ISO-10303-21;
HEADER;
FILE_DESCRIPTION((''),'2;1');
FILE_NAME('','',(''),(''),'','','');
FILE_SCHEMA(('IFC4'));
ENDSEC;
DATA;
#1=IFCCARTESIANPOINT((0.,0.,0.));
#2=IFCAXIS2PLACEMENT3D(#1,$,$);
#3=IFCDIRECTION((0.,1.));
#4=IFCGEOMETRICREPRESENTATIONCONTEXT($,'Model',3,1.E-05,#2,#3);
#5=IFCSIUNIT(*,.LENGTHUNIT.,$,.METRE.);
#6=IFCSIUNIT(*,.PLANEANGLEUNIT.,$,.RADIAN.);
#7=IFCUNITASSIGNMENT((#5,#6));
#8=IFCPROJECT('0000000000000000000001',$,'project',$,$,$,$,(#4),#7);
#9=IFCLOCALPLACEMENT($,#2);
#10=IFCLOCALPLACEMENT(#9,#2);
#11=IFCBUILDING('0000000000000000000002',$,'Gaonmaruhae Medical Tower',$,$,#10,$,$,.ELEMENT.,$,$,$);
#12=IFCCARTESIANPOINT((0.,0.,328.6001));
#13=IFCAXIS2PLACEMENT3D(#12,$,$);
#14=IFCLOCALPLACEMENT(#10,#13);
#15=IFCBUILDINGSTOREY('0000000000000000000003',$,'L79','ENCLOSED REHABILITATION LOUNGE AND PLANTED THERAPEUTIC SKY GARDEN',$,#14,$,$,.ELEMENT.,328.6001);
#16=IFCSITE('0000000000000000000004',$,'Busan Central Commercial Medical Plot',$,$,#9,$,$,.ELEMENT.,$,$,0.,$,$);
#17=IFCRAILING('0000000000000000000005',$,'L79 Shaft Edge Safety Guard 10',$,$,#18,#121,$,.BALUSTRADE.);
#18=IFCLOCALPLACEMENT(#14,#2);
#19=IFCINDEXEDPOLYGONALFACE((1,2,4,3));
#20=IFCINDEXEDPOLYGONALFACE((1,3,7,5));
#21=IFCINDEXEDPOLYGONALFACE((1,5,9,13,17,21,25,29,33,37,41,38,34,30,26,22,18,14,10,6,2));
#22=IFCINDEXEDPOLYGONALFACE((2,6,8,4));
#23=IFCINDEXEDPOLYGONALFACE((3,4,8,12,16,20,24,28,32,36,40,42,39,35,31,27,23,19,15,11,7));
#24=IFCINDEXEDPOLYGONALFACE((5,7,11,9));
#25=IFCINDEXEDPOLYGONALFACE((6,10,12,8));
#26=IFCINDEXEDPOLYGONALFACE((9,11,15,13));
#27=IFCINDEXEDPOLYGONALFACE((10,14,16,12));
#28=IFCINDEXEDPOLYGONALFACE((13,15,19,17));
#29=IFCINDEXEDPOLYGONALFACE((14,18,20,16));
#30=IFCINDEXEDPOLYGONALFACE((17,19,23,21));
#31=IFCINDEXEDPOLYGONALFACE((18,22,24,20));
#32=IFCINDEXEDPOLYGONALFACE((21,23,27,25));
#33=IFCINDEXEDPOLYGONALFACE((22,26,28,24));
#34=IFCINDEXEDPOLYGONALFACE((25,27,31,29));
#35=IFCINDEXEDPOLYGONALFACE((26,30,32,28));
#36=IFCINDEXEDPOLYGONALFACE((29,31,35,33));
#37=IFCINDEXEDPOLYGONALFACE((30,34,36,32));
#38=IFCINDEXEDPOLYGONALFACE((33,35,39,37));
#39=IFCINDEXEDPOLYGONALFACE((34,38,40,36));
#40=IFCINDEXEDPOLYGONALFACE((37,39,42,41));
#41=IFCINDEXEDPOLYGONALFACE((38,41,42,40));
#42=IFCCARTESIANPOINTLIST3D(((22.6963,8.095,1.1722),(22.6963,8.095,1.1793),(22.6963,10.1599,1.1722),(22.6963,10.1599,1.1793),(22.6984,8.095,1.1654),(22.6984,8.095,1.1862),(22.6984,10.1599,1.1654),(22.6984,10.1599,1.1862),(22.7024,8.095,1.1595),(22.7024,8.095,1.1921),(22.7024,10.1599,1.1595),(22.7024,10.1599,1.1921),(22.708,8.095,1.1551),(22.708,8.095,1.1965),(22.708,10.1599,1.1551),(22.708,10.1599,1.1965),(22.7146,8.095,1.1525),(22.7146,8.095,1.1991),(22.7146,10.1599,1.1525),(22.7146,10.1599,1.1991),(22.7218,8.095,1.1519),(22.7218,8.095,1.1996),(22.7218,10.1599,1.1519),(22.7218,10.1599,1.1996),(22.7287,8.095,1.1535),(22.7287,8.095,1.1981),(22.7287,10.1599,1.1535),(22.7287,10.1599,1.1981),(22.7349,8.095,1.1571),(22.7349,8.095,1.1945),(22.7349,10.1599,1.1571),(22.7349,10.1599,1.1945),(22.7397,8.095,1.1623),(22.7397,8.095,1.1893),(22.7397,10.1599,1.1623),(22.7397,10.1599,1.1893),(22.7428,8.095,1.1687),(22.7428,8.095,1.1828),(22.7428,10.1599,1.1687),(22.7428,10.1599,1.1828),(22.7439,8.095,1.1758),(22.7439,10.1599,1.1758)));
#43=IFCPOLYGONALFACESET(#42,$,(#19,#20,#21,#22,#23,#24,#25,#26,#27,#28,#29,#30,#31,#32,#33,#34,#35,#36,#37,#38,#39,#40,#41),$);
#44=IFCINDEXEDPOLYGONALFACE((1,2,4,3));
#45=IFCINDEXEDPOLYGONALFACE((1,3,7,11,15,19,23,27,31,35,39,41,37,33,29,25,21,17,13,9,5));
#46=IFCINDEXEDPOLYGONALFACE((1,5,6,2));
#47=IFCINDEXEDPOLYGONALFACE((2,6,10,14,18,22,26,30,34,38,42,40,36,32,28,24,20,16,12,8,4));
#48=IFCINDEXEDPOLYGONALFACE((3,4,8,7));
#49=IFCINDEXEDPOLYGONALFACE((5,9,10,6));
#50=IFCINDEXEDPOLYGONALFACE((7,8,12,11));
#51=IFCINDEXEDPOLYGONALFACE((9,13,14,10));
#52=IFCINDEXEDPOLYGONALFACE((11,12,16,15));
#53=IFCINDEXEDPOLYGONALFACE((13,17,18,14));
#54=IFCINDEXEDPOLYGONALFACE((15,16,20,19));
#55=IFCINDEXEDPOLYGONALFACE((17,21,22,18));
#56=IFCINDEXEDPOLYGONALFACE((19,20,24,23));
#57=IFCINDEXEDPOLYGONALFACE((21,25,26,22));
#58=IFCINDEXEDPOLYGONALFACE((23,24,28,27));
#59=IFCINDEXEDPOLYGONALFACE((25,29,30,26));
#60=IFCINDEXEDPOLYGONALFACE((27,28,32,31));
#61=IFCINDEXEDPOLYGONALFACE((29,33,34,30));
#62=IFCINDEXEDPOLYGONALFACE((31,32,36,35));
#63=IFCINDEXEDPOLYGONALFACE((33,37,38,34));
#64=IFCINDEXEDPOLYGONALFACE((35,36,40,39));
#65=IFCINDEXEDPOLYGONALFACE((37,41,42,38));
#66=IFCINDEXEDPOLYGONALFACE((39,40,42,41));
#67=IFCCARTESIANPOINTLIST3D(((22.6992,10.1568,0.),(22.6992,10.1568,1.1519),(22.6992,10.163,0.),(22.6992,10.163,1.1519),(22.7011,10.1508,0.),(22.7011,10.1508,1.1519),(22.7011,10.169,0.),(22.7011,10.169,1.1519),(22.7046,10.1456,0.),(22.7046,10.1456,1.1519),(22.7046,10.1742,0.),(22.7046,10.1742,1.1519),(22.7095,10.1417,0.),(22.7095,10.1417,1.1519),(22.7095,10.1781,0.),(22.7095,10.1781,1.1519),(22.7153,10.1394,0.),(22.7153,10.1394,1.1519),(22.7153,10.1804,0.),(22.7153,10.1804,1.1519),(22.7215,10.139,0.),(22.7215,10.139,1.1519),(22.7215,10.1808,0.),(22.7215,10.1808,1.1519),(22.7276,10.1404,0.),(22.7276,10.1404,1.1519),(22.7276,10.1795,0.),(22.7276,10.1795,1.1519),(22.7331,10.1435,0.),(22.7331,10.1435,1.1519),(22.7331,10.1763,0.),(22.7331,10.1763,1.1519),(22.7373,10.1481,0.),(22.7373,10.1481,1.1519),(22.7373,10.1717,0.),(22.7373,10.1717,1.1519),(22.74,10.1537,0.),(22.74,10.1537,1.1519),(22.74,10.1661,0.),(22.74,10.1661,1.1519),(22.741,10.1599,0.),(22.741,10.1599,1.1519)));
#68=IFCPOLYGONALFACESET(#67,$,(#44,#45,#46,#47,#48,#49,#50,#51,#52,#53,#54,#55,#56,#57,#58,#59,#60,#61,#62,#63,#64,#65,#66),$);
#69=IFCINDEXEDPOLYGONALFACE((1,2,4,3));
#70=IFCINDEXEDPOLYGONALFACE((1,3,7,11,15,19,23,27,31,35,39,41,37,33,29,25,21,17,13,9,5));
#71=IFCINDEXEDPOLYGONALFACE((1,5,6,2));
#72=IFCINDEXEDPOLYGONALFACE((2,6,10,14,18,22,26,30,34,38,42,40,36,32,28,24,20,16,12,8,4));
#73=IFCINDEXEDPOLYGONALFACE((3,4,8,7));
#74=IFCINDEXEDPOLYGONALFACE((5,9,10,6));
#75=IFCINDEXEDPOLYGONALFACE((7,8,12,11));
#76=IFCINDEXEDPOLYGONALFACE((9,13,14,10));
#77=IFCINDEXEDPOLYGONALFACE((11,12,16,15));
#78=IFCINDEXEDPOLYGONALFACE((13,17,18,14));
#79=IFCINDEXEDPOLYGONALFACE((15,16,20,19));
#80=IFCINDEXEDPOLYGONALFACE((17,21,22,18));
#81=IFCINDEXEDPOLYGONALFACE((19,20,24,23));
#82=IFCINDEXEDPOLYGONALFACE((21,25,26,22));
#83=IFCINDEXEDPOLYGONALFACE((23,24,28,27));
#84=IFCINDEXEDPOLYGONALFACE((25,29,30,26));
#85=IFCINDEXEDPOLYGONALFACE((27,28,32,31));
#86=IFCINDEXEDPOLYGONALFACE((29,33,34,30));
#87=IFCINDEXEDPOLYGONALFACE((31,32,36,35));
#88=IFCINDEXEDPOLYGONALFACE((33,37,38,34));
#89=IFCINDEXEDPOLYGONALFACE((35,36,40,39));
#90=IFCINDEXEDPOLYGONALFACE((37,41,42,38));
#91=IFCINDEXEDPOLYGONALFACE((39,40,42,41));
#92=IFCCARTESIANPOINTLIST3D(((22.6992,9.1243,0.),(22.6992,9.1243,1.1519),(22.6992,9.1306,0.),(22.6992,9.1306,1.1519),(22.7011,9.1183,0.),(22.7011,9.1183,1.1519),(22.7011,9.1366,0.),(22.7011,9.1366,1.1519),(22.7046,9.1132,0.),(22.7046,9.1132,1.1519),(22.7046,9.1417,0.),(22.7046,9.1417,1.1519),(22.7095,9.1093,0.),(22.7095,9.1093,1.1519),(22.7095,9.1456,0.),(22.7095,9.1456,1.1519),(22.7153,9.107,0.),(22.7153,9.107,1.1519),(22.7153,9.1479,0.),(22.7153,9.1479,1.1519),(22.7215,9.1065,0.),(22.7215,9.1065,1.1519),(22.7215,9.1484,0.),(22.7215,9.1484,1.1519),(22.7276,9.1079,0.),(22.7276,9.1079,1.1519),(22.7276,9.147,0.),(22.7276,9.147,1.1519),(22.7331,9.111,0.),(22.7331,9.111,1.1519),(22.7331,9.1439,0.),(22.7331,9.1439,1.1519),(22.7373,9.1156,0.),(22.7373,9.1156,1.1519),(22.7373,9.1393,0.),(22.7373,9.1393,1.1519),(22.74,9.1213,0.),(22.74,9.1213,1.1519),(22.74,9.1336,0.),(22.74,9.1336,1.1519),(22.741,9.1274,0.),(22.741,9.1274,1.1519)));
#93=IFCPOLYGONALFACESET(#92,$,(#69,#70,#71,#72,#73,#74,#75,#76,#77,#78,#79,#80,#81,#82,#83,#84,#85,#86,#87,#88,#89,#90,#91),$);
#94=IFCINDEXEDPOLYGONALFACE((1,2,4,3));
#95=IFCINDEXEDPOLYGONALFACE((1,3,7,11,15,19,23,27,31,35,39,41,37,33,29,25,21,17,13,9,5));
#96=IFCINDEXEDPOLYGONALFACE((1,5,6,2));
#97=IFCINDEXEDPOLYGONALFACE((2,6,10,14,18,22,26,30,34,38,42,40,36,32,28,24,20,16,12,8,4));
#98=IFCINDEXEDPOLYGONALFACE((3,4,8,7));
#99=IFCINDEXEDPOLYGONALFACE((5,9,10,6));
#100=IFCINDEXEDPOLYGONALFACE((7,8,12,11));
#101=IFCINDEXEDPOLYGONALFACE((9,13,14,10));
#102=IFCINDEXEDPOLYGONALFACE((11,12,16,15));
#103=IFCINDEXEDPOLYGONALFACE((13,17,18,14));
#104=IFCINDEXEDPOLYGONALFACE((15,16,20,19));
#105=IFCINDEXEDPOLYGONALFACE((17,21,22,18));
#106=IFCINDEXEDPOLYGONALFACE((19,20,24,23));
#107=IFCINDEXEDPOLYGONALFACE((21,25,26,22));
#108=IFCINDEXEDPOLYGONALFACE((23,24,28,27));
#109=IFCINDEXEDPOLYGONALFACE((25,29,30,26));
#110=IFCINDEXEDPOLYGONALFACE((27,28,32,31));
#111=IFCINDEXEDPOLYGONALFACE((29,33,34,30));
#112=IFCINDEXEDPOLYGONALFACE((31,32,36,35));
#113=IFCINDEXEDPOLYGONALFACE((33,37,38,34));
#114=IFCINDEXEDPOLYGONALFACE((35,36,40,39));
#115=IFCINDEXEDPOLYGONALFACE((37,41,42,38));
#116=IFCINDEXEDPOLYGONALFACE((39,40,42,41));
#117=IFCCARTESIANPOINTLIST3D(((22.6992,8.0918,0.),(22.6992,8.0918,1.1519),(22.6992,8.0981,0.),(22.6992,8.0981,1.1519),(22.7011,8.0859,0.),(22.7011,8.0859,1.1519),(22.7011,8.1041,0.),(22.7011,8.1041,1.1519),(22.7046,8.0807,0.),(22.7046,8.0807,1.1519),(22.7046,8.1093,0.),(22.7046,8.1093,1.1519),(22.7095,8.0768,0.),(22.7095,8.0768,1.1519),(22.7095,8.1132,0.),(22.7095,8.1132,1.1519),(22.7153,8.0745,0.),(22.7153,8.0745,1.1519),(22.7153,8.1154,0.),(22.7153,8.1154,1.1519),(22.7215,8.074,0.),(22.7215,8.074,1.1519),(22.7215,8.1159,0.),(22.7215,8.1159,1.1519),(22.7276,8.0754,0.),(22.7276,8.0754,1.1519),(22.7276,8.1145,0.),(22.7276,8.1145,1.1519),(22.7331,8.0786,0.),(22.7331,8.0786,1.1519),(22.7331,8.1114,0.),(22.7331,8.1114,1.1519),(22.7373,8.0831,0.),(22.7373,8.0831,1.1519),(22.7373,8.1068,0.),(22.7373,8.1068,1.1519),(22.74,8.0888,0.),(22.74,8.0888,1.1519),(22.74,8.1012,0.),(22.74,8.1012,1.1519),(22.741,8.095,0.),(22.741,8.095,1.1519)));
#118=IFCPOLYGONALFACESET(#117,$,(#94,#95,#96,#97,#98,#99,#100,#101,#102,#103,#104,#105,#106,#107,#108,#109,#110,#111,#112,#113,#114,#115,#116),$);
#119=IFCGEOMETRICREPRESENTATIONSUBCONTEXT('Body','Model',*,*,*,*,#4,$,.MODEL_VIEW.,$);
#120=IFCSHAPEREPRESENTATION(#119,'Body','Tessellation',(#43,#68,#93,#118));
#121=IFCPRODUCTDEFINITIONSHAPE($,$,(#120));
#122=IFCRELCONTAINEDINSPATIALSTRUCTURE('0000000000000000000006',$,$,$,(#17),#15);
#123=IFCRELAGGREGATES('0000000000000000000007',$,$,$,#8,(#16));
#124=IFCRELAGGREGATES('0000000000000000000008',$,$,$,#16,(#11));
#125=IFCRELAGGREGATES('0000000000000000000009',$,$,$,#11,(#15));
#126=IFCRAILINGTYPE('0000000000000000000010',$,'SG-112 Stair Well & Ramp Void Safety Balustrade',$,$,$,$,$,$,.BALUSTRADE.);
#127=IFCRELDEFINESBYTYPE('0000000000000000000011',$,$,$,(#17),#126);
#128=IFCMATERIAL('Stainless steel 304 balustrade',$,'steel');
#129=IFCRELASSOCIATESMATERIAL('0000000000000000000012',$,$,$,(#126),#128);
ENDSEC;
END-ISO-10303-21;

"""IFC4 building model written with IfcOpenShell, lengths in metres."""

from ifc_helpers import new_model, si_unit, direction, frame, origin, origin_2d, place, context, subcontext, project, spatial, circle, extrude, material, type_object, element, save


model = new_model("IFC4")

# Units and contexts
model_context = context("Model", 3, precision=1e-05, world=origin(), true_north=direction((0.0, 1.0)))
body_context = subcontext(model_context, "Body", "Model", "MODEL_VIEW")
ifc_project = project(units=[si_unit("LENGTHUNIT", "METRE"), si_unit("PLANEANGLEUNIT", "RADIAN")], contexts=[model_context])

# Site, building, storey
site_placement = place(None, origin())
site = spatial("IfcSite", under=ifc_project, at=site_placement, Name="Busan Central Commercial Medical Plot", CompositionType="ELEMENT", RefElevation=0.0)
building_placement = place(site_placement, origin())
building = spatial("IfcBuilding", under=site, at=building_placement, Name="Gaonmaruhae Medical Tower", CompositionType="ELEMENT")
storey_placement = place(building_placement, frame((0.0, 0.0, 328.6001)))
storey = spatial("IfcBuildingStorey", under=building, at=storey_placement, Name="L79", Description="ENCLOSED REHABILITATION LOUNGE AND PLANTED THERAPEUTIC SKY GARDEN", CompositionType="ELEMENT", Elevation=328.6001)

# Railing
ifc_material_1 = material(Name="Stainless steel 304 balustrade", Category="steel")
railing_type_1 = type_object("IfcRailingType", Name="SG-112 Stair Well & Ramp Void Safety Balustrade", PredefinedType="BALUSTRADE", material=ifc_material_1)
railing_1_placement = place(storey_placement, frame((22.72, 10.1599, 0.0)))
element("IfcRailing", 1, at=railing_1_placement, inside=storey, type_object=railing_type_1, Name="L79 Shaft Edge Safety Guard 10", PredefinedType="BALUSTRADE", context=body_context, shape_type="SweptSolid", body=[
    extrude(circle(Radius=0.0239, at=origin_2d()), frame((0.0, 0.0, 1.1758), z_axis=(0.0, -1.0, 0.0), x_axis=(1.0, 0.0, 0.0)), (0.0, 0.0, 1.0), 2.0649),
    extrude(circle(Radius=0.021, at=origin_2d()), origin(), (0.0, 0.0, 1.0), 1.1519),
    extrude(circle(Radius=0.021, at=origin_2d()), frame((0.0, -1.0325, 0.0)), (0.0, 0.0, 1.0), 1.1519),
    extrude(circle(Radius=0.021, at=origin_2d()), frame((0.0, -2.0649, 0.0)), (0.0, 0.0, 1.0), 1.1519),
])

save(model, "model.ifc")
